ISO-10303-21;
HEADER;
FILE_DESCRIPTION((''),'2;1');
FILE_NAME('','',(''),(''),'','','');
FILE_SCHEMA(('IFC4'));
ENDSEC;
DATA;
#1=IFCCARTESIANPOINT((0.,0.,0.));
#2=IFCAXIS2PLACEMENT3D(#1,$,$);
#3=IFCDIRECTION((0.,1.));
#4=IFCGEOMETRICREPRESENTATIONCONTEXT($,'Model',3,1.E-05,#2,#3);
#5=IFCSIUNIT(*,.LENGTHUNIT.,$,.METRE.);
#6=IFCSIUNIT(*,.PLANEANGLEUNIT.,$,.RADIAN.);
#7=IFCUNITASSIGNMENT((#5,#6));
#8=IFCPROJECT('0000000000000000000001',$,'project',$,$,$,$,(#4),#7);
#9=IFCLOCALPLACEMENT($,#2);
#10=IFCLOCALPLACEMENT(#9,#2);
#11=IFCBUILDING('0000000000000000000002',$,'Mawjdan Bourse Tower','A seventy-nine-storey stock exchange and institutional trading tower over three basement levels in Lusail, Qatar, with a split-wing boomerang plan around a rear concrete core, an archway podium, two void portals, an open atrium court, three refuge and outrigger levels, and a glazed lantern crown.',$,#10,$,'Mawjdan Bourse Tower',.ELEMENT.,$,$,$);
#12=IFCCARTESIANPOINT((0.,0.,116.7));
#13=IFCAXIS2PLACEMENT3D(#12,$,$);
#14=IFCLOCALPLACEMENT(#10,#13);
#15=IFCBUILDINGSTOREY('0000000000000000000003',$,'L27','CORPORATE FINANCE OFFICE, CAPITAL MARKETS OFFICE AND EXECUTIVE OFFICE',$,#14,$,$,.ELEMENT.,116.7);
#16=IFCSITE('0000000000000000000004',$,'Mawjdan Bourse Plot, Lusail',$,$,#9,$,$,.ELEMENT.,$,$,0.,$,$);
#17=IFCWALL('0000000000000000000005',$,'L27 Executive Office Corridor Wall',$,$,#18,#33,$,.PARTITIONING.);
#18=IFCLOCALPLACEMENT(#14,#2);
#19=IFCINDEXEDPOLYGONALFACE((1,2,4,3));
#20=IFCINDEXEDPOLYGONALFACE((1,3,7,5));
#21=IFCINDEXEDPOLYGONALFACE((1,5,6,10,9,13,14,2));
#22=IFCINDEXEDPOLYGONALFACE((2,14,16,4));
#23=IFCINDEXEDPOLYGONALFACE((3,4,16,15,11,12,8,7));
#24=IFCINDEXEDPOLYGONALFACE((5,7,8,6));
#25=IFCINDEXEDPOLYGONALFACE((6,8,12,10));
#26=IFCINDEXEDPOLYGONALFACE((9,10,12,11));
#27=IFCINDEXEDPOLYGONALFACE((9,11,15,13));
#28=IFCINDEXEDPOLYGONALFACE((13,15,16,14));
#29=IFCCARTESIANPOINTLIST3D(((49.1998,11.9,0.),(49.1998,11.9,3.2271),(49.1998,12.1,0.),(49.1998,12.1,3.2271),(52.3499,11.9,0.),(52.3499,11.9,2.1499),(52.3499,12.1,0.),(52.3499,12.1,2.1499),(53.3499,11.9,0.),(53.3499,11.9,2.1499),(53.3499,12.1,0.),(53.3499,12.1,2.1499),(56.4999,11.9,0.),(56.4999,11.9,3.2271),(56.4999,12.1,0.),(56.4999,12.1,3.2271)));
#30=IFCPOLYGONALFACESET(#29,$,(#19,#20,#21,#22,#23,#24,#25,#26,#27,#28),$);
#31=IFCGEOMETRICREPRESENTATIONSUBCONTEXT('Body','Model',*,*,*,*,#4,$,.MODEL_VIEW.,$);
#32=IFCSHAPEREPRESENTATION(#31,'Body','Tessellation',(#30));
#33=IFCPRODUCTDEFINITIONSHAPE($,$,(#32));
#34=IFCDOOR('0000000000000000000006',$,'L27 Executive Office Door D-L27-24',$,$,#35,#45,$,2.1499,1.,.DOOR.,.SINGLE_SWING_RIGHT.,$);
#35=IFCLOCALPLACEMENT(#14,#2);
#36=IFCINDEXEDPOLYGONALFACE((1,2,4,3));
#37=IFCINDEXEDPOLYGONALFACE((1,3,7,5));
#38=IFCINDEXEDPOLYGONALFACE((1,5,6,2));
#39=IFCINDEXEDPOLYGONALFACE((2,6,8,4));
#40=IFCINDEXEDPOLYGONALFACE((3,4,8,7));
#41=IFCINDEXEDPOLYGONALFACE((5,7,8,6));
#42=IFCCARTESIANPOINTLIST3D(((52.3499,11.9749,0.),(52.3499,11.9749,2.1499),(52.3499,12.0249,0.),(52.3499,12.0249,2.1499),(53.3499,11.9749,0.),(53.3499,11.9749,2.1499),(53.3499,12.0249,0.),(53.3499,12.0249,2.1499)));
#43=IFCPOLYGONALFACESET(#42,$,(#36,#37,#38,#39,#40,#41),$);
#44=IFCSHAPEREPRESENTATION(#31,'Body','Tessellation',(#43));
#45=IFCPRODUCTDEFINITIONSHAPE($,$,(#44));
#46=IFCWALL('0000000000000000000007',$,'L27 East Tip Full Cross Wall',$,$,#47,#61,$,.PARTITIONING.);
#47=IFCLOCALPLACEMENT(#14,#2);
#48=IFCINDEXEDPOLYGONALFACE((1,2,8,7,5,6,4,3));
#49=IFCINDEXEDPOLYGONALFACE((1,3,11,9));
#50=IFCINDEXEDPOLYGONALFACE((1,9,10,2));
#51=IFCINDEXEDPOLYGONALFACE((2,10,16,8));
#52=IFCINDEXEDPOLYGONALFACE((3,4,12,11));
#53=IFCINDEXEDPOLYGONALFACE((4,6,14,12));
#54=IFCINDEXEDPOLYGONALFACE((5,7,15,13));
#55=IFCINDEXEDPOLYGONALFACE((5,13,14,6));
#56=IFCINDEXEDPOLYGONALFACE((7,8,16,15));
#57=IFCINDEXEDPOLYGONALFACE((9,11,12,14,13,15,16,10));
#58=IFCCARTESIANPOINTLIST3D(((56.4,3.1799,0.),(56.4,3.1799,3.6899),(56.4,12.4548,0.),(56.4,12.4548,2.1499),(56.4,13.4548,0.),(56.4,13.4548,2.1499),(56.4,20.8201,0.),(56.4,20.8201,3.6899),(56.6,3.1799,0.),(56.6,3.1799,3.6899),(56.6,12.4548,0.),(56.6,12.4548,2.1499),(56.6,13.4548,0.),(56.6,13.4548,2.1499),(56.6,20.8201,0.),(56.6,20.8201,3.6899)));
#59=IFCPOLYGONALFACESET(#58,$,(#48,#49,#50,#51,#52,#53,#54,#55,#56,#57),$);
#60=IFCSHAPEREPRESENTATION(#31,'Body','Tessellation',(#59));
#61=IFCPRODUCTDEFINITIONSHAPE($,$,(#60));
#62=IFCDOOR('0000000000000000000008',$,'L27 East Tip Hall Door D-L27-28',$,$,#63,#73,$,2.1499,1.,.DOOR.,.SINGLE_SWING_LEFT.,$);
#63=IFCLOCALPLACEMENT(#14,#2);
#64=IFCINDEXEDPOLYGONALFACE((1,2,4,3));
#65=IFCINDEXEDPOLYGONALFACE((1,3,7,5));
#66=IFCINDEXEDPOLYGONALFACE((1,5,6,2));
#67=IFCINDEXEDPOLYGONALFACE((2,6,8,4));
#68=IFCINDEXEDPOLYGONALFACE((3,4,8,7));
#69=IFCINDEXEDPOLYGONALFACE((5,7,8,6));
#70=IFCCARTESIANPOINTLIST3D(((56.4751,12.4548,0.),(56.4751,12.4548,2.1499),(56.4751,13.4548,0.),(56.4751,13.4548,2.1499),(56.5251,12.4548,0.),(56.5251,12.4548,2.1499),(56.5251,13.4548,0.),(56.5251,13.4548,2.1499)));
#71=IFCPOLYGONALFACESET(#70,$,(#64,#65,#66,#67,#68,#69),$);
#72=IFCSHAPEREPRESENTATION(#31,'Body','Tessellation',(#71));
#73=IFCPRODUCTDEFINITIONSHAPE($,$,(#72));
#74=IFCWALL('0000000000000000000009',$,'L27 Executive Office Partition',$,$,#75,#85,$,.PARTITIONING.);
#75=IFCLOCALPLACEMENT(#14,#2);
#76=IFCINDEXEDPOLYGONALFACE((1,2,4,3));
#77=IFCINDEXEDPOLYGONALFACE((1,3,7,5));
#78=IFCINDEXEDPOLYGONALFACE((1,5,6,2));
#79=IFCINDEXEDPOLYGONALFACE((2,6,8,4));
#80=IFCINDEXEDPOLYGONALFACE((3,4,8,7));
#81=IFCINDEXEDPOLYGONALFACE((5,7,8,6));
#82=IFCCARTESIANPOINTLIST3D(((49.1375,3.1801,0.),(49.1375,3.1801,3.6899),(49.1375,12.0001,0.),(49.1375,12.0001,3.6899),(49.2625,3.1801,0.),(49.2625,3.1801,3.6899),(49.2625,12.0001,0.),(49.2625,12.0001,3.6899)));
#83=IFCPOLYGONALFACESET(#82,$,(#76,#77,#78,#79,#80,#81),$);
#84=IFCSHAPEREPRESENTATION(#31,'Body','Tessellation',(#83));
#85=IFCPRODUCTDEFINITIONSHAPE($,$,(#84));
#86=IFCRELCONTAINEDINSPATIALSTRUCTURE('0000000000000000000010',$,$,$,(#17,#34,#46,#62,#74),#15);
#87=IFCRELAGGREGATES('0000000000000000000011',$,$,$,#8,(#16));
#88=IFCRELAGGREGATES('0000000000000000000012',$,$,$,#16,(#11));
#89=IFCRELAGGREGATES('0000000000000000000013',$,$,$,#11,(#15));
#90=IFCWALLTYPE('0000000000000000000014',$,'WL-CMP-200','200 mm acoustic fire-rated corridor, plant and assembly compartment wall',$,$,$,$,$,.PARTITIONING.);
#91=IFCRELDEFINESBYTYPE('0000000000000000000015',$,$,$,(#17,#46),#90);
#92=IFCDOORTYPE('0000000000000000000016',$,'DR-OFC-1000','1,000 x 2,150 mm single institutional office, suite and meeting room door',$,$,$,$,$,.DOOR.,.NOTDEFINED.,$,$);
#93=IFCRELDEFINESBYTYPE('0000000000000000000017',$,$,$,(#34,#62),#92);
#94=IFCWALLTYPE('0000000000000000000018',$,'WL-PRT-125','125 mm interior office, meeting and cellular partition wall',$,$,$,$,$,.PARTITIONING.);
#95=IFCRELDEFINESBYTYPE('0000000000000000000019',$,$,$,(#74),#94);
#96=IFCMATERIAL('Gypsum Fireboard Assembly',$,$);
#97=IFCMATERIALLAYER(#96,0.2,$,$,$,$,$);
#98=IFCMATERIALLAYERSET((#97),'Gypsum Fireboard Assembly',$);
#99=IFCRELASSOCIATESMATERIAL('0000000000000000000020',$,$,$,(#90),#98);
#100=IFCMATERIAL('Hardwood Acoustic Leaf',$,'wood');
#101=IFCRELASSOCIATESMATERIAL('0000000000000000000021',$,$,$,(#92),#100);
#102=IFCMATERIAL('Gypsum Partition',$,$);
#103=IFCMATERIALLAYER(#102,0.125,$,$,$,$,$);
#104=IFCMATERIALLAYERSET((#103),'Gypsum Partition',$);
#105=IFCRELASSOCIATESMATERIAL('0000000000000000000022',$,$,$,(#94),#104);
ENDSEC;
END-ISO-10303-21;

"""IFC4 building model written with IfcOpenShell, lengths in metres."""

from ifc_helpers import new_model, si_unit, direction, frame, frame_2d, origin, place, context, subcontext, project, spatial, rectangle, extrude, material, layer, layer_set, type_object, element, fill, save


model = new_model("IFC4")

# Units and contexts
model_context = context("Model", 3, precision=1e-05, world=origin(), true_north=direction((0.0, 1.0)))
body_context = subcontext(model_context, "Body", "Model", "MODEL_VIEW")
ifc_project = project(units=[si_unit("LENGTHUNIT", "METRE"), si_unit("PLANEANGLEUNIT", "RADIAN")], contexts=[model_context])

# Site, building, storey
site_placement = place(None, origin())
site = spatial("IfcSite", under=ifc_project, at=site_placement, Name="Mawjdan Bourse Plot, Lusail", CompositionType="ELEMENT", RefElevation=0.0)
building_placement = place(site_placement, origin())
building = spatial("IfcBuilding", under=site, at=building_placement, Name="Mawjdan Bourse Tower", Description="A seventy-nine-storey stock exchange and institutional trading tower over three basement levels in Lusail, Qatar, with a split-wing boomerang plan around a rear concrete core, an archway podium, two void portals, an open atrium court, three refuge and outrigger levels, and a glazed lantern crown.", LongName="Mawjdan Bourse Tower", CompositionType="ELEMENT")
storey_placement = place(building_placement, frame((0.0, 0.0, 116.7)))
storey = spatial("IfcBuildingStorey", under=building, at=storey_placement, Name="L27", Description="CORPORATE FINANCE OFFICE, CAPITAL MARKETS OFFICE AND EXECUTIVE OFFICE", CompositionType="ELEMENT", Elevation=116.7)

# Walls, openings, doors
ifc_material_1 = material(Name="Gypsum Fireboard Assembly")
ifc_layer_1 = layer(ifc_material_1, 0.2)
ifc_layer_set_1 = layer_set([ifc_layer_1], Name="Gypsum Fireboard Assembly")
wall_type_1 = type_object("IfcWallType", Name="WL-CMP-200", Description="200 mm acoustic fire-rated corridor, plant and assembly compartment wall", PredefinedType="PARTITIONING", material=ifc_layer_set_1)
wall_1_placement = place(storey_placement, frame((49.2, 12.0, 0.0), z_axis=(0.0, 0.0, 1.0), x_axis=(1.0, 0.0, 0.0)))
wall_1 = element("IfcWall", 1, at=wall_1_placement, inside=storey, type_object=wall_type_1, Name="L27 Executive Office Corridor Wall", PredefinedType="PARTITIONING", context=body_context, shape_type="SweptSolid", body=[
    extrude(rectangle(XDim=7.3, YDim=0.2, at=frame_2d((3.6499, 0.0))), origin(), (0.0, 0.0, 1.0), 3.2271),
])
opening_1_placement = place(wall_1_placement, frame((3.1499, 0.0, 0.0)))
opening_1 = element("IfcOpeningElement", 2, at=opening_1_placement, cuts=wall_1, PredefinedType="OPENING", context=body_context, shape_type="SweptSolid", body=[
    extrude(rectangle(XDim=1.0, YDim=2.1499, at=frame_2d((0.5, 1.075))), frame((0.0, 0.1099, 0.0), z_axis=(0.0, -1.0, 0.0), x_axis=(1.0, 0.0, 0.0)), (0.0, 0.0, 1.0), 0.22),
])
ifc_material_2 = material(Name="Hardwood Acoustic Leaf", Category="wood")
door_type = type_object("IfcDoorType", Name="DR-OFC-1000", Description="1,000 x 2,150 mm single institutional office, suite and meeting room door", OperationType="NOTDEFINED", PredefinedType="DOOR", material=ifc_material_2)
door_1_placement = place(opening_1_placement, origin())
door_1 = element("IfcDoor", 3, at=door_1_placement, inside=storey, type_object=door_type, Name="L27 Executive Office Door D-L27-24", OperationType="SINGLE_SWING_RIGHT", OverallHeight=2.1499, OverallWidth=1.0, PredefinedType="DOOR", context=body_context, shape_type="SweptSolid", body=[
    extrude(rectangle(XDim=1.0, YDim=2.1499, at=frame_2d((0.5, 1.075))), frame((0.0, 0.0249, 0.0), z_axis=(0.0, -1.0, 0.0), x_axis=(1.0, 0.0, 0.0)), (0.0, 0.0, 1.0), 0.05),
])
fill(opening_1, door_1)
wall_2_placement = place(storey_placement, frame((56.5, 3.1799, 0.0), z_axis=(0.0, 0.0, 1.0), x_axis=(0.0, 1.0, 0.0)))
wall_2 = element("IfcWall", 4, at=wall_2_placement, inside=storey, type_object=wall_type_1, Name="L27 East Tip Full Cross Wall", PredefinedType="PARTITIONING", context=body_context, shape_type="SweptSolid", body=[
    extrude(rectangle(XDim=17.6401, YDim=0.2, at=frame_2d((8.8201, 0.0))), origin(), (0.0, 0.0, 1.0), 3.6899),
])
opening_2_placement = place(wall_2_placement, frame((9.2749, 0.0, 0.0)))
opening_2 = element("IfcOpeningElement", 5, at=opening_2_placement, cuts=wall_2, PredefinedType="OPENING", context=body_context, shape_type="SweptSolid", body=[
    extrude(rectangle(XDim=1.0, YDim=2.1499, at=frame_2d((0.5, 1.075))), frame((0.0, 0.1099, 0.0), z_axis=(0.0, -1.0, 0.0), x_axis=(1.0, 0.0, 0.0)), (0.0, 0.0, 1.0), 0.22),
])
door_2_placement = place(opening_2_placement, origin())
door_2 = element("IfcDoor", 6, at=door_2_placement, inside=storey, type_object=door_type, Name="L27 East Tip Hall Door D-L27-28", OperationType="SINGLE_SWING_LEFT", OverallHeight=2.1499, OverallWidth=1.0, PredefinedType="DOOR", context=body_context, shape_type="SweptSolid", body=[
    extrude(rectangle(XDim=1.0, YDim=2.1499, at=frame_2d((0.5, 1.075))), frame((0.0, 0.0249, 0.0), z_axis=(0.0, -1.0, 0.0), x_axis=(1.0, 0.0, 0.0)), (0.0, 0.0, 1.0), 0.05),
])
fill(opening_2, door_2)

# Wall
ifc_material_3 = material(Name="Gypsum Partition")
ifc_layer_2 = layer(ifc_material_3, 0.125)
ifc_layer_set_2 = layer_set([ifc_layer_2], Name="Gypsum Partition")
wall_type_2 = type_object("IfcWallType", Name="WL-PRT-125", Description="125 mm interior office, meeting and cellular partition wall", PredefinedType="PARTITIONING", material=ifc_layer_set_2)
wall_3_placement = place(storey_placement, frame((49.2, 3.1799, 0.0), z_axis=(0.0, 0.0, 1.0), x_axis=(0.0, 1.0, 0.0)))
element("IfcWall", 7, at=wall_3_placement, inside=storey, type_object=wall_type_2, Name="L27 Executive Office Partition", PredefinedType="PARTITIONING", context=body_context, shape_type="SweptSolid", body=[
    extrude(rectangle(XDim=8.8201, YDim=0.125, at=frame_2d((4.4102, 0.0))), origin(), (0.0, 0.0, 1.0), 3.6899),
])

save(model, "model.ifc")
